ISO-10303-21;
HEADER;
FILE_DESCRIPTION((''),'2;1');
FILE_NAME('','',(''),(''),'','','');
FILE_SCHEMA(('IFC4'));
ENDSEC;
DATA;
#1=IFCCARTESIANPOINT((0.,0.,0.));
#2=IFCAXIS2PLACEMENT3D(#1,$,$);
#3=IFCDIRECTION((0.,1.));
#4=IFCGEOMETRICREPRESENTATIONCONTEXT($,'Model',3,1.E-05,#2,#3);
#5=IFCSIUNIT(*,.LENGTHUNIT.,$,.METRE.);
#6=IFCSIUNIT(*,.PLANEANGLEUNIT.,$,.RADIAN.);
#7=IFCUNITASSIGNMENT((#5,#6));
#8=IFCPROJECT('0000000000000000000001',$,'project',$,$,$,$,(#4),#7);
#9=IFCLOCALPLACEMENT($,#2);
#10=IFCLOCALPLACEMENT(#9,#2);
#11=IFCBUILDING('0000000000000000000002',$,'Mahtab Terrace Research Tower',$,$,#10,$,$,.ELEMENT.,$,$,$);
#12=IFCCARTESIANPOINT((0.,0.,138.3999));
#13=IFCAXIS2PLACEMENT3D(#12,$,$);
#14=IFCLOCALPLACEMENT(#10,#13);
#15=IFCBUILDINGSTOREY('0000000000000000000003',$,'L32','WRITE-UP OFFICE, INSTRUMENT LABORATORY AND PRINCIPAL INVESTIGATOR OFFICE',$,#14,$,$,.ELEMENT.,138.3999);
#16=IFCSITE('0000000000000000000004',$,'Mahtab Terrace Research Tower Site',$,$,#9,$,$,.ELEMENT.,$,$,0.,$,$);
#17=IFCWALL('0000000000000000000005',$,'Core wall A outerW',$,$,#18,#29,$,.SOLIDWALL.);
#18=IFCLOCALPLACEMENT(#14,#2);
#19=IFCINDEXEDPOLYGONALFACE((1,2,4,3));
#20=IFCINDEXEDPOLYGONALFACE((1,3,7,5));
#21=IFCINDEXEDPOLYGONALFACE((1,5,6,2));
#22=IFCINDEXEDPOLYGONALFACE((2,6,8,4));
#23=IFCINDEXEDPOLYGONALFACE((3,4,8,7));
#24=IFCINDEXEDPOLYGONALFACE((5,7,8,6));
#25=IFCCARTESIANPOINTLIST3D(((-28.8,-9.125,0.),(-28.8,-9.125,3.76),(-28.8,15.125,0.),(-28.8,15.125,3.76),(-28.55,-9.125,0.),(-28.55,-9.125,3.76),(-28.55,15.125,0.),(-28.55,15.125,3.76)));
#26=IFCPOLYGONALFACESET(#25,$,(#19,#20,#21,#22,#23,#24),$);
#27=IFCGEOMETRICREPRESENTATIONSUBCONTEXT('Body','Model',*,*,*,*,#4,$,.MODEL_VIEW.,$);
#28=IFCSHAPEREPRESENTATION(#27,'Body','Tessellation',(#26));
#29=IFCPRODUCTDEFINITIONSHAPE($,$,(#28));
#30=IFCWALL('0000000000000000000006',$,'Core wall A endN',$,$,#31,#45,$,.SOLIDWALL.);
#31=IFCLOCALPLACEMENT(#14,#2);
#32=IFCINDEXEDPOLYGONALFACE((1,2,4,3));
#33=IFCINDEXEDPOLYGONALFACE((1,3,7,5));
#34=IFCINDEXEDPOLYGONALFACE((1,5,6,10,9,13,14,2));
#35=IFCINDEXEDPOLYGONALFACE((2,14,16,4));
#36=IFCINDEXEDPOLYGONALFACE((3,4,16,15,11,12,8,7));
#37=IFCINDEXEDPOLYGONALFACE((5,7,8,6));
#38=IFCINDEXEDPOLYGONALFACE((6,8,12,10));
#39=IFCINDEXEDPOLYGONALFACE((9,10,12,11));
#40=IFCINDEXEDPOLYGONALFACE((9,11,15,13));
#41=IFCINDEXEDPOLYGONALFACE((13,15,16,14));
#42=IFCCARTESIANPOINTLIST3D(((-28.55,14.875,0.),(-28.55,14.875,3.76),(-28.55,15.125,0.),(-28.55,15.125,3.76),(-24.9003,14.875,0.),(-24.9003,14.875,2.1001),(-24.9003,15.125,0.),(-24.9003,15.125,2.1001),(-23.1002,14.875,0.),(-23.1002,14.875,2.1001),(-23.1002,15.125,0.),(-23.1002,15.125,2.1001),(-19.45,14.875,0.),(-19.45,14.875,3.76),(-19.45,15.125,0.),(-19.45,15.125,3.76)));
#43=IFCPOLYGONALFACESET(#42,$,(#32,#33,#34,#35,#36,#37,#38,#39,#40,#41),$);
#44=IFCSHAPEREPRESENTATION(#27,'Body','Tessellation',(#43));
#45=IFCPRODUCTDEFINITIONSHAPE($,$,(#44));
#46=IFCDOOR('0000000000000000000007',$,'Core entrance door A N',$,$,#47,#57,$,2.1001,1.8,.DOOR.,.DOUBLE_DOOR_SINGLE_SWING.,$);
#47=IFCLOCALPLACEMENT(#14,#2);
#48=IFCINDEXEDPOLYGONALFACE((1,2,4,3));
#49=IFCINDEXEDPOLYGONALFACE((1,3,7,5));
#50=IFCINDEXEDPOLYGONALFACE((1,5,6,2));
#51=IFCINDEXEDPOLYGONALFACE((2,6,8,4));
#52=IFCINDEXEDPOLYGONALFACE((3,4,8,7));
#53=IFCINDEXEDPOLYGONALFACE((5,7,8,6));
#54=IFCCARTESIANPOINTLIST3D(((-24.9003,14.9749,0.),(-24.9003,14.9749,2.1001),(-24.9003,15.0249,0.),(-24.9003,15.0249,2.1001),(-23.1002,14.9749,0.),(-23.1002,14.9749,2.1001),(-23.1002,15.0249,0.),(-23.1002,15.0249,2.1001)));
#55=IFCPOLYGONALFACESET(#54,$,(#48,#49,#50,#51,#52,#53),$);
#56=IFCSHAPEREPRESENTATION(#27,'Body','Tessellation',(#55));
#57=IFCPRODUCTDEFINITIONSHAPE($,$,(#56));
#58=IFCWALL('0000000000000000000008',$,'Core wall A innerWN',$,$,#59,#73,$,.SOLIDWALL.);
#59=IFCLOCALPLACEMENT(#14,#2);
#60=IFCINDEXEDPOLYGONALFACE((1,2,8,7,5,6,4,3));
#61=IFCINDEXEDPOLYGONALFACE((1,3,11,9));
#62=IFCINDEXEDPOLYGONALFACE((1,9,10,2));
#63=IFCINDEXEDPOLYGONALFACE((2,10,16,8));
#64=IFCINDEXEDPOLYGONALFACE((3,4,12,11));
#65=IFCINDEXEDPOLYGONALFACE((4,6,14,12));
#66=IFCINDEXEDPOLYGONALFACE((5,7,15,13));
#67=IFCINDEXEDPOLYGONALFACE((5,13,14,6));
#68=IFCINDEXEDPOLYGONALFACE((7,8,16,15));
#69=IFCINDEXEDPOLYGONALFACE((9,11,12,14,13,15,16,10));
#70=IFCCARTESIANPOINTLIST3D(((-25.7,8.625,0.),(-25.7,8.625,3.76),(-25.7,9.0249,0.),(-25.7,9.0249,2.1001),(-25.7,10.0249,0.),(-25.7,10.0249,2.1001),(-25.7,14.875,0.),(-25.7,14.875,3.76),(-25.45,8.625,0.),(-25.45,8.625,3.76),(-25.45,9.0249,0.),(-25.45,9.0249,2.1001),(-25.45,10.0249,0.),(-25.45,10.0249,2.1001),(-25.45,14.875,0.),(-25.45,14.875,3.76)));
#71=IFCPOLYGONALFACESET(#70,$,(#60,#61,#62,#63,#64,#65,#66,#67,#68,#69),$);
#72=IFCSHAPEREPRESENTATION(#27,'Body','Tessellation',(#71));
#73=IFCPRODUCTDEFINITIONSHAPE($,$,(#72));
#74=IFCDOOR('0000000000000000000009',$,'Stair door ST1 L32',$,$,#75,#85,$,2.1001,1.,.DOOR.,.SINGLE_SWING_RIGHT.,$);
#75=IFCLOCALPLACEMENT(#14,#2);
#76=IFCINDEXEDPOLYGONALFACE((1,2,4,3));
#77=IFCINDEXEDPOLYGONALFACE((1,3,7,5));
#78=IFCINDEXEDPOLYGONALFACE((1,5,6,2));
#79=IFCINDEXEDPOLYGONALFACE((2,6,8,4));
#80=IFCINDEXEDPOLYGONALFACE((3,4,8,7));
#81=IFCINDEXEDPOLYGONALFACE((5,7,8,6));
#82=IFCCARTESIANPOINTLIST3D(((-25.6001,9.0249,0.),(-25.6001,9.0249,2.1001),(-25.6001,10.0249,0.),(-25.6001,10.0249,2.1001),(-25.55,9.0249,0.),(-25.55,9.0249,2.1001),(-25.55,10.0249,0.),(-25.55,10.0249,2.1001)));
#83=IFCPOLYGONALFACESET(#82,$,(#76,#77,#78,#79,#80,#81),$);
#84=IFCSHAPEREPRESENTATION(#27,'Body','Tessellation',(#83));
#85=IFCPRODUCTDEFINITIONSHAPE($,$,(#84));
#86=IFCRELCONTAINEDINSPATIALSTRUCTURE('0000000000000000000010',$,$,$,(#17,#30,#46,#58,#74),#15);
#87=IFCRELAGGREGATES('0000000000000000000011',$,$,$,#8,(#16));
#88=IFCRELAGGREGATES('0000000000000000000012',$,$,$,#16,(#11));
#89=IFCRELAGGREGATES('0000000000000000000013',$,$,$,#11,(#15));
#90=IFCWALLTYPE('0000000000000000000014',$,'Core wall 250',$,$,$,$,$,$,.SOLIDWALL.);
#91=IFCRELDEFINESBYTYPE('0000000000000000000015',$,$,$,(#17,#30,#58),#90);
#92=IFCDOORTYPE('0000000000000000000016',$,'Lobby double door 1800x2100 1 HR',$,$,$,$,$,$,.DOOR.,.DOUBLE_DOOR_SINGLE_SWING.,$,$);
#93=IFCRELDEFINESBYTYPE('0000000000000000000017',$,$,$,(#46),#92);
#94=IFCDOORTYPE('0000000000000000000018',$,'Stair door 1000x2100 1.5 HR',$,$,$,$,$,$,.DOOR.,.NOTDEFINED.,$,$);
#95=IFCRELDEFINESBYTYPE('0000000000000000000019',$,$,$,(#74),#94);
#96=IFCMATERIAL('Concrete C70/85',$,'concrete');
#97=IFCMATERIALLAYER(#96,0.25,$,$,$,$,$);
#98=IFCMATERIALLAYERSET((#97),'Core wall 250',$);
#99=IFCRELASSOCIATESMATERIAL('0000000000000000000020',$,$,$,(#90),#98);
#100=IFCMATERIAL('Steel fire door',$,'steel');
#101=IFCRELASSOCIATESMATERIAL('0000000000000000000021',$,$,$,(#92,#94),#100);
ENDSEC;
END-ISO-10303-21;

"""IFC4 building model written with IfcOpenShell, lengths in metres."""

from ifc_helpers import new_model, si_unit, direction, frame, frame_2d, origin, place, context, subcontext, project, spatial, rectangle, extrude, material, layer, layer_set, type_object, element, fill, save


model = new_model("IFC4")

# Units and contexts
model_context = context("Model", 3, precision=1e-05, world=origin(), true_north=direction((0.0, 1.0)))
body_context = subcontext(model_context, "Body", "Model", "MODEL_VIEW")
ifc_project = project(units=[si_unit("LENGTHUNIT", "METRE"), si_unit("PLANEANGLEUNIT", "RADIAN")], contexts=[model_context])

# Site, building, storey
site_placement = place(None, origin())
site = spatial("IfcSite", under=ifc_project, at=site_placement, Name="Mahtab Terrace Research Tower Site", CompositionType="ELEMENT", RefElevation=0.0)
building_placement = place(site_placement, origin())
building = spatial("IfcBuilding", under=site, at=building_placement, Name="Mahtab Terrace Research Tower", CompositionType="ELEMENT")
storey_placement = place(building_placement, frame((0.0, 0.0, 138.3999)))
storey = spatial("IfcBuildingStorey", under=building, at=storey_placement, Name="L32", Description="WRITE-UP OFFICE, INSTRUMENT LABORATORY AND PRINCIPAL INVESTIGATOR OFFICE", CompositionType="ELEMENT", Elevation=138.3999)

# Wall
ifc_material_1 = material(Name="Concrete C70/85", Category="concrete")
ifc_layer = layer(ifc_material_1, 0.25)
ifc_layer_set = layer_set([ifc_layer], Name="Core wall 250")
wall_type = type_object("IfcWallType", Name="Core wall 250", PredefinedType="SOLIDWALL", material=ifc_layer_set)
wall_1_placement = place(storey_placement, frame((-28.675, 15.125, 0.0), z_axis=(0.0, 0.0, 1.0), x_axis=(0.0, -1.0, 0.0)))
element("IfcWall", 1, at=wall_1_placement, inside=storey, type_object=wall_type, Name="Core wall A outerW", PredefinedType="SOLIDWALL", context=body_context, shape_type="SweptSolid", body=[
    extrude(rectangle(XDim=24.25, YDim=0.25, at=frame_2d((12.125, 0.0))), origin(), (0.0, 0.0, 1.0), 3.76),
])

# Walls, openings, doors
wall_2_placement = place(storey_placement, frame((-28.55, 15.0, 0.0), z_axis=(0.0, 0.0, 1.0), x_axis=(1.0, 0.0, 0.0)))
wall_2 = element("IfcWall", 2, at=wall_2_placement, inside=storey, type_object=wall_type, Name="Core wall A endN", PredefinedType="SOLIDWALL", context=body_context, shape_type="SweptSolid", body=[
    extrude(rectangle(XDim=9.1001, YDim=0.25, at=frame_2d((4.55, 0.0))), origin(), (0.0, 0.0, 1.0), 3.76),
])
opening_1_placement = place(wall_2_placement, frame((3.6499, 0.0, 0.0)))
opening_1 = element("IfcOpeningElement", 3, at=opening_1_placement, cuts=wall_2, PredefinedType="OPENING", context=body_context, shape_type="SweptSolid", body=[
    extrude(rectangle(XDim=1.8, YDim=2.1001, at=frame_2d((0.8999, 1.05))), frame((0.0, 0.135, 0.0), z_axis=(0.0, -1.0, 0.0), x_axis=(1.0, 0.0, 0.0)), (0.0, 0.0, 1.0), 0.27),
])
ifc_material_2 = material(Name="Steel fire door", Category="steel")
door_type_1 = type_object("IfcDoorType", Name="Lobby double door 1800x2100 1 HR", OperationType="DOUBLE_DOOR_SINGLE_SWING", PredefinedType="DOOR", material=ifc_material_2)
door_1_placement = place(opening_1_placement, origin())
door_1 = element("IfcDoor", 4, at=door_1_placement, inside=storey, type_object=door_type_1, Name="Core entrance door A N", OperationType="DOUBLE_DOOR_SINGLE_SWING", OverallHeight=2.1001, OverallWidth=1.8, PredefinedType="DOOR", context=body_context, shape_type="SweptSolid", body=[
    extrude(rectangle(XDim=1.8, YDim=2.1001, at=frame_2d((0.8999, 1.05))), frame((0.0, 0.0249, 0.0), z_axis=(0.0, -1.0, 0.0), x_axis=(1.0, 0.0, 0.0)), (0.0, 0.0, 1.0), 0.05),
])
fill(opening_1, door_1)
wall_3_placement = place(storey_placement, frame((-25.575, 14.875, 0.0), z_axis=(0.0, 0.0, 1.0), x_axis=(0.0, -1.0, 0.0)))
wall_3 = element("IfcWall", 5, at=wall_3_placement, inside=storey, type_object=wall_type, Name="Core wall A innerWN", PredefinedType="SOLIDWALL", context=body_context, shape_type="SweptSolid", body=[
    extrude(rectangle(XDim=6.25, YDim=0.25, at=frame_2d((3.125, 0.0))), origin(), (0.0, 0.0, 1.0), 3.76),
])
opening_2_placement = place(wall_3_placement, frame((4.8501, 0.0, 0.0)))
opening_2 = element("IfcOpeningElement", 6, at=opening_2_placement, cuts=wall_3, PredefinedType="OPENING", context=body_context, shape_type="SweptSolid", body=[
    extrude(rectangle(XDim=1.0, YDim=2.1001, at=frame_2d((0.5, 1.05))), frame((0.0, 0.135, 0.0), z_axis=(0.0, -1.0, 0.0), x_axis=(1.0, 0.0, 0.0)), (0.0, 0.0, 1.0), 0.27),
])
door_type_2 = type_object("IfcDoorType", Name="Stair door 1000x2100 1.5 HR", OperationType="NOTDEFINED", PredefinedType="DOOR", material=ifc_material_2)
door_2_placement = place(opening_2_placement, origin())
door_2 = element("IfcDoor", 7, at=door_2_placement, inside=storey, type_object=door_type_2, Name="Stair door ST1 L32", OperationType="SINGLE_SWING_RIGHT", OverallHeight=2.1001, OverallWidth=1.0, PredefinedType="DOOR", context=body_context, shape_type="SweptSolid", body=[
    extrude(rectangle(XDim=1.0, YDim=2.1001, at=frame_2d((0.5, 1.05))), frame((0.0, 0.0249, 0.0), z_axis=(0.0, -1.0, 0.0), x_axis=(1.0, 0.0, 0.0)), (0.0, 0.0, 1.0), 0.05),
])
fill(opening_2, door_2)

save(model, "model.ifc")
